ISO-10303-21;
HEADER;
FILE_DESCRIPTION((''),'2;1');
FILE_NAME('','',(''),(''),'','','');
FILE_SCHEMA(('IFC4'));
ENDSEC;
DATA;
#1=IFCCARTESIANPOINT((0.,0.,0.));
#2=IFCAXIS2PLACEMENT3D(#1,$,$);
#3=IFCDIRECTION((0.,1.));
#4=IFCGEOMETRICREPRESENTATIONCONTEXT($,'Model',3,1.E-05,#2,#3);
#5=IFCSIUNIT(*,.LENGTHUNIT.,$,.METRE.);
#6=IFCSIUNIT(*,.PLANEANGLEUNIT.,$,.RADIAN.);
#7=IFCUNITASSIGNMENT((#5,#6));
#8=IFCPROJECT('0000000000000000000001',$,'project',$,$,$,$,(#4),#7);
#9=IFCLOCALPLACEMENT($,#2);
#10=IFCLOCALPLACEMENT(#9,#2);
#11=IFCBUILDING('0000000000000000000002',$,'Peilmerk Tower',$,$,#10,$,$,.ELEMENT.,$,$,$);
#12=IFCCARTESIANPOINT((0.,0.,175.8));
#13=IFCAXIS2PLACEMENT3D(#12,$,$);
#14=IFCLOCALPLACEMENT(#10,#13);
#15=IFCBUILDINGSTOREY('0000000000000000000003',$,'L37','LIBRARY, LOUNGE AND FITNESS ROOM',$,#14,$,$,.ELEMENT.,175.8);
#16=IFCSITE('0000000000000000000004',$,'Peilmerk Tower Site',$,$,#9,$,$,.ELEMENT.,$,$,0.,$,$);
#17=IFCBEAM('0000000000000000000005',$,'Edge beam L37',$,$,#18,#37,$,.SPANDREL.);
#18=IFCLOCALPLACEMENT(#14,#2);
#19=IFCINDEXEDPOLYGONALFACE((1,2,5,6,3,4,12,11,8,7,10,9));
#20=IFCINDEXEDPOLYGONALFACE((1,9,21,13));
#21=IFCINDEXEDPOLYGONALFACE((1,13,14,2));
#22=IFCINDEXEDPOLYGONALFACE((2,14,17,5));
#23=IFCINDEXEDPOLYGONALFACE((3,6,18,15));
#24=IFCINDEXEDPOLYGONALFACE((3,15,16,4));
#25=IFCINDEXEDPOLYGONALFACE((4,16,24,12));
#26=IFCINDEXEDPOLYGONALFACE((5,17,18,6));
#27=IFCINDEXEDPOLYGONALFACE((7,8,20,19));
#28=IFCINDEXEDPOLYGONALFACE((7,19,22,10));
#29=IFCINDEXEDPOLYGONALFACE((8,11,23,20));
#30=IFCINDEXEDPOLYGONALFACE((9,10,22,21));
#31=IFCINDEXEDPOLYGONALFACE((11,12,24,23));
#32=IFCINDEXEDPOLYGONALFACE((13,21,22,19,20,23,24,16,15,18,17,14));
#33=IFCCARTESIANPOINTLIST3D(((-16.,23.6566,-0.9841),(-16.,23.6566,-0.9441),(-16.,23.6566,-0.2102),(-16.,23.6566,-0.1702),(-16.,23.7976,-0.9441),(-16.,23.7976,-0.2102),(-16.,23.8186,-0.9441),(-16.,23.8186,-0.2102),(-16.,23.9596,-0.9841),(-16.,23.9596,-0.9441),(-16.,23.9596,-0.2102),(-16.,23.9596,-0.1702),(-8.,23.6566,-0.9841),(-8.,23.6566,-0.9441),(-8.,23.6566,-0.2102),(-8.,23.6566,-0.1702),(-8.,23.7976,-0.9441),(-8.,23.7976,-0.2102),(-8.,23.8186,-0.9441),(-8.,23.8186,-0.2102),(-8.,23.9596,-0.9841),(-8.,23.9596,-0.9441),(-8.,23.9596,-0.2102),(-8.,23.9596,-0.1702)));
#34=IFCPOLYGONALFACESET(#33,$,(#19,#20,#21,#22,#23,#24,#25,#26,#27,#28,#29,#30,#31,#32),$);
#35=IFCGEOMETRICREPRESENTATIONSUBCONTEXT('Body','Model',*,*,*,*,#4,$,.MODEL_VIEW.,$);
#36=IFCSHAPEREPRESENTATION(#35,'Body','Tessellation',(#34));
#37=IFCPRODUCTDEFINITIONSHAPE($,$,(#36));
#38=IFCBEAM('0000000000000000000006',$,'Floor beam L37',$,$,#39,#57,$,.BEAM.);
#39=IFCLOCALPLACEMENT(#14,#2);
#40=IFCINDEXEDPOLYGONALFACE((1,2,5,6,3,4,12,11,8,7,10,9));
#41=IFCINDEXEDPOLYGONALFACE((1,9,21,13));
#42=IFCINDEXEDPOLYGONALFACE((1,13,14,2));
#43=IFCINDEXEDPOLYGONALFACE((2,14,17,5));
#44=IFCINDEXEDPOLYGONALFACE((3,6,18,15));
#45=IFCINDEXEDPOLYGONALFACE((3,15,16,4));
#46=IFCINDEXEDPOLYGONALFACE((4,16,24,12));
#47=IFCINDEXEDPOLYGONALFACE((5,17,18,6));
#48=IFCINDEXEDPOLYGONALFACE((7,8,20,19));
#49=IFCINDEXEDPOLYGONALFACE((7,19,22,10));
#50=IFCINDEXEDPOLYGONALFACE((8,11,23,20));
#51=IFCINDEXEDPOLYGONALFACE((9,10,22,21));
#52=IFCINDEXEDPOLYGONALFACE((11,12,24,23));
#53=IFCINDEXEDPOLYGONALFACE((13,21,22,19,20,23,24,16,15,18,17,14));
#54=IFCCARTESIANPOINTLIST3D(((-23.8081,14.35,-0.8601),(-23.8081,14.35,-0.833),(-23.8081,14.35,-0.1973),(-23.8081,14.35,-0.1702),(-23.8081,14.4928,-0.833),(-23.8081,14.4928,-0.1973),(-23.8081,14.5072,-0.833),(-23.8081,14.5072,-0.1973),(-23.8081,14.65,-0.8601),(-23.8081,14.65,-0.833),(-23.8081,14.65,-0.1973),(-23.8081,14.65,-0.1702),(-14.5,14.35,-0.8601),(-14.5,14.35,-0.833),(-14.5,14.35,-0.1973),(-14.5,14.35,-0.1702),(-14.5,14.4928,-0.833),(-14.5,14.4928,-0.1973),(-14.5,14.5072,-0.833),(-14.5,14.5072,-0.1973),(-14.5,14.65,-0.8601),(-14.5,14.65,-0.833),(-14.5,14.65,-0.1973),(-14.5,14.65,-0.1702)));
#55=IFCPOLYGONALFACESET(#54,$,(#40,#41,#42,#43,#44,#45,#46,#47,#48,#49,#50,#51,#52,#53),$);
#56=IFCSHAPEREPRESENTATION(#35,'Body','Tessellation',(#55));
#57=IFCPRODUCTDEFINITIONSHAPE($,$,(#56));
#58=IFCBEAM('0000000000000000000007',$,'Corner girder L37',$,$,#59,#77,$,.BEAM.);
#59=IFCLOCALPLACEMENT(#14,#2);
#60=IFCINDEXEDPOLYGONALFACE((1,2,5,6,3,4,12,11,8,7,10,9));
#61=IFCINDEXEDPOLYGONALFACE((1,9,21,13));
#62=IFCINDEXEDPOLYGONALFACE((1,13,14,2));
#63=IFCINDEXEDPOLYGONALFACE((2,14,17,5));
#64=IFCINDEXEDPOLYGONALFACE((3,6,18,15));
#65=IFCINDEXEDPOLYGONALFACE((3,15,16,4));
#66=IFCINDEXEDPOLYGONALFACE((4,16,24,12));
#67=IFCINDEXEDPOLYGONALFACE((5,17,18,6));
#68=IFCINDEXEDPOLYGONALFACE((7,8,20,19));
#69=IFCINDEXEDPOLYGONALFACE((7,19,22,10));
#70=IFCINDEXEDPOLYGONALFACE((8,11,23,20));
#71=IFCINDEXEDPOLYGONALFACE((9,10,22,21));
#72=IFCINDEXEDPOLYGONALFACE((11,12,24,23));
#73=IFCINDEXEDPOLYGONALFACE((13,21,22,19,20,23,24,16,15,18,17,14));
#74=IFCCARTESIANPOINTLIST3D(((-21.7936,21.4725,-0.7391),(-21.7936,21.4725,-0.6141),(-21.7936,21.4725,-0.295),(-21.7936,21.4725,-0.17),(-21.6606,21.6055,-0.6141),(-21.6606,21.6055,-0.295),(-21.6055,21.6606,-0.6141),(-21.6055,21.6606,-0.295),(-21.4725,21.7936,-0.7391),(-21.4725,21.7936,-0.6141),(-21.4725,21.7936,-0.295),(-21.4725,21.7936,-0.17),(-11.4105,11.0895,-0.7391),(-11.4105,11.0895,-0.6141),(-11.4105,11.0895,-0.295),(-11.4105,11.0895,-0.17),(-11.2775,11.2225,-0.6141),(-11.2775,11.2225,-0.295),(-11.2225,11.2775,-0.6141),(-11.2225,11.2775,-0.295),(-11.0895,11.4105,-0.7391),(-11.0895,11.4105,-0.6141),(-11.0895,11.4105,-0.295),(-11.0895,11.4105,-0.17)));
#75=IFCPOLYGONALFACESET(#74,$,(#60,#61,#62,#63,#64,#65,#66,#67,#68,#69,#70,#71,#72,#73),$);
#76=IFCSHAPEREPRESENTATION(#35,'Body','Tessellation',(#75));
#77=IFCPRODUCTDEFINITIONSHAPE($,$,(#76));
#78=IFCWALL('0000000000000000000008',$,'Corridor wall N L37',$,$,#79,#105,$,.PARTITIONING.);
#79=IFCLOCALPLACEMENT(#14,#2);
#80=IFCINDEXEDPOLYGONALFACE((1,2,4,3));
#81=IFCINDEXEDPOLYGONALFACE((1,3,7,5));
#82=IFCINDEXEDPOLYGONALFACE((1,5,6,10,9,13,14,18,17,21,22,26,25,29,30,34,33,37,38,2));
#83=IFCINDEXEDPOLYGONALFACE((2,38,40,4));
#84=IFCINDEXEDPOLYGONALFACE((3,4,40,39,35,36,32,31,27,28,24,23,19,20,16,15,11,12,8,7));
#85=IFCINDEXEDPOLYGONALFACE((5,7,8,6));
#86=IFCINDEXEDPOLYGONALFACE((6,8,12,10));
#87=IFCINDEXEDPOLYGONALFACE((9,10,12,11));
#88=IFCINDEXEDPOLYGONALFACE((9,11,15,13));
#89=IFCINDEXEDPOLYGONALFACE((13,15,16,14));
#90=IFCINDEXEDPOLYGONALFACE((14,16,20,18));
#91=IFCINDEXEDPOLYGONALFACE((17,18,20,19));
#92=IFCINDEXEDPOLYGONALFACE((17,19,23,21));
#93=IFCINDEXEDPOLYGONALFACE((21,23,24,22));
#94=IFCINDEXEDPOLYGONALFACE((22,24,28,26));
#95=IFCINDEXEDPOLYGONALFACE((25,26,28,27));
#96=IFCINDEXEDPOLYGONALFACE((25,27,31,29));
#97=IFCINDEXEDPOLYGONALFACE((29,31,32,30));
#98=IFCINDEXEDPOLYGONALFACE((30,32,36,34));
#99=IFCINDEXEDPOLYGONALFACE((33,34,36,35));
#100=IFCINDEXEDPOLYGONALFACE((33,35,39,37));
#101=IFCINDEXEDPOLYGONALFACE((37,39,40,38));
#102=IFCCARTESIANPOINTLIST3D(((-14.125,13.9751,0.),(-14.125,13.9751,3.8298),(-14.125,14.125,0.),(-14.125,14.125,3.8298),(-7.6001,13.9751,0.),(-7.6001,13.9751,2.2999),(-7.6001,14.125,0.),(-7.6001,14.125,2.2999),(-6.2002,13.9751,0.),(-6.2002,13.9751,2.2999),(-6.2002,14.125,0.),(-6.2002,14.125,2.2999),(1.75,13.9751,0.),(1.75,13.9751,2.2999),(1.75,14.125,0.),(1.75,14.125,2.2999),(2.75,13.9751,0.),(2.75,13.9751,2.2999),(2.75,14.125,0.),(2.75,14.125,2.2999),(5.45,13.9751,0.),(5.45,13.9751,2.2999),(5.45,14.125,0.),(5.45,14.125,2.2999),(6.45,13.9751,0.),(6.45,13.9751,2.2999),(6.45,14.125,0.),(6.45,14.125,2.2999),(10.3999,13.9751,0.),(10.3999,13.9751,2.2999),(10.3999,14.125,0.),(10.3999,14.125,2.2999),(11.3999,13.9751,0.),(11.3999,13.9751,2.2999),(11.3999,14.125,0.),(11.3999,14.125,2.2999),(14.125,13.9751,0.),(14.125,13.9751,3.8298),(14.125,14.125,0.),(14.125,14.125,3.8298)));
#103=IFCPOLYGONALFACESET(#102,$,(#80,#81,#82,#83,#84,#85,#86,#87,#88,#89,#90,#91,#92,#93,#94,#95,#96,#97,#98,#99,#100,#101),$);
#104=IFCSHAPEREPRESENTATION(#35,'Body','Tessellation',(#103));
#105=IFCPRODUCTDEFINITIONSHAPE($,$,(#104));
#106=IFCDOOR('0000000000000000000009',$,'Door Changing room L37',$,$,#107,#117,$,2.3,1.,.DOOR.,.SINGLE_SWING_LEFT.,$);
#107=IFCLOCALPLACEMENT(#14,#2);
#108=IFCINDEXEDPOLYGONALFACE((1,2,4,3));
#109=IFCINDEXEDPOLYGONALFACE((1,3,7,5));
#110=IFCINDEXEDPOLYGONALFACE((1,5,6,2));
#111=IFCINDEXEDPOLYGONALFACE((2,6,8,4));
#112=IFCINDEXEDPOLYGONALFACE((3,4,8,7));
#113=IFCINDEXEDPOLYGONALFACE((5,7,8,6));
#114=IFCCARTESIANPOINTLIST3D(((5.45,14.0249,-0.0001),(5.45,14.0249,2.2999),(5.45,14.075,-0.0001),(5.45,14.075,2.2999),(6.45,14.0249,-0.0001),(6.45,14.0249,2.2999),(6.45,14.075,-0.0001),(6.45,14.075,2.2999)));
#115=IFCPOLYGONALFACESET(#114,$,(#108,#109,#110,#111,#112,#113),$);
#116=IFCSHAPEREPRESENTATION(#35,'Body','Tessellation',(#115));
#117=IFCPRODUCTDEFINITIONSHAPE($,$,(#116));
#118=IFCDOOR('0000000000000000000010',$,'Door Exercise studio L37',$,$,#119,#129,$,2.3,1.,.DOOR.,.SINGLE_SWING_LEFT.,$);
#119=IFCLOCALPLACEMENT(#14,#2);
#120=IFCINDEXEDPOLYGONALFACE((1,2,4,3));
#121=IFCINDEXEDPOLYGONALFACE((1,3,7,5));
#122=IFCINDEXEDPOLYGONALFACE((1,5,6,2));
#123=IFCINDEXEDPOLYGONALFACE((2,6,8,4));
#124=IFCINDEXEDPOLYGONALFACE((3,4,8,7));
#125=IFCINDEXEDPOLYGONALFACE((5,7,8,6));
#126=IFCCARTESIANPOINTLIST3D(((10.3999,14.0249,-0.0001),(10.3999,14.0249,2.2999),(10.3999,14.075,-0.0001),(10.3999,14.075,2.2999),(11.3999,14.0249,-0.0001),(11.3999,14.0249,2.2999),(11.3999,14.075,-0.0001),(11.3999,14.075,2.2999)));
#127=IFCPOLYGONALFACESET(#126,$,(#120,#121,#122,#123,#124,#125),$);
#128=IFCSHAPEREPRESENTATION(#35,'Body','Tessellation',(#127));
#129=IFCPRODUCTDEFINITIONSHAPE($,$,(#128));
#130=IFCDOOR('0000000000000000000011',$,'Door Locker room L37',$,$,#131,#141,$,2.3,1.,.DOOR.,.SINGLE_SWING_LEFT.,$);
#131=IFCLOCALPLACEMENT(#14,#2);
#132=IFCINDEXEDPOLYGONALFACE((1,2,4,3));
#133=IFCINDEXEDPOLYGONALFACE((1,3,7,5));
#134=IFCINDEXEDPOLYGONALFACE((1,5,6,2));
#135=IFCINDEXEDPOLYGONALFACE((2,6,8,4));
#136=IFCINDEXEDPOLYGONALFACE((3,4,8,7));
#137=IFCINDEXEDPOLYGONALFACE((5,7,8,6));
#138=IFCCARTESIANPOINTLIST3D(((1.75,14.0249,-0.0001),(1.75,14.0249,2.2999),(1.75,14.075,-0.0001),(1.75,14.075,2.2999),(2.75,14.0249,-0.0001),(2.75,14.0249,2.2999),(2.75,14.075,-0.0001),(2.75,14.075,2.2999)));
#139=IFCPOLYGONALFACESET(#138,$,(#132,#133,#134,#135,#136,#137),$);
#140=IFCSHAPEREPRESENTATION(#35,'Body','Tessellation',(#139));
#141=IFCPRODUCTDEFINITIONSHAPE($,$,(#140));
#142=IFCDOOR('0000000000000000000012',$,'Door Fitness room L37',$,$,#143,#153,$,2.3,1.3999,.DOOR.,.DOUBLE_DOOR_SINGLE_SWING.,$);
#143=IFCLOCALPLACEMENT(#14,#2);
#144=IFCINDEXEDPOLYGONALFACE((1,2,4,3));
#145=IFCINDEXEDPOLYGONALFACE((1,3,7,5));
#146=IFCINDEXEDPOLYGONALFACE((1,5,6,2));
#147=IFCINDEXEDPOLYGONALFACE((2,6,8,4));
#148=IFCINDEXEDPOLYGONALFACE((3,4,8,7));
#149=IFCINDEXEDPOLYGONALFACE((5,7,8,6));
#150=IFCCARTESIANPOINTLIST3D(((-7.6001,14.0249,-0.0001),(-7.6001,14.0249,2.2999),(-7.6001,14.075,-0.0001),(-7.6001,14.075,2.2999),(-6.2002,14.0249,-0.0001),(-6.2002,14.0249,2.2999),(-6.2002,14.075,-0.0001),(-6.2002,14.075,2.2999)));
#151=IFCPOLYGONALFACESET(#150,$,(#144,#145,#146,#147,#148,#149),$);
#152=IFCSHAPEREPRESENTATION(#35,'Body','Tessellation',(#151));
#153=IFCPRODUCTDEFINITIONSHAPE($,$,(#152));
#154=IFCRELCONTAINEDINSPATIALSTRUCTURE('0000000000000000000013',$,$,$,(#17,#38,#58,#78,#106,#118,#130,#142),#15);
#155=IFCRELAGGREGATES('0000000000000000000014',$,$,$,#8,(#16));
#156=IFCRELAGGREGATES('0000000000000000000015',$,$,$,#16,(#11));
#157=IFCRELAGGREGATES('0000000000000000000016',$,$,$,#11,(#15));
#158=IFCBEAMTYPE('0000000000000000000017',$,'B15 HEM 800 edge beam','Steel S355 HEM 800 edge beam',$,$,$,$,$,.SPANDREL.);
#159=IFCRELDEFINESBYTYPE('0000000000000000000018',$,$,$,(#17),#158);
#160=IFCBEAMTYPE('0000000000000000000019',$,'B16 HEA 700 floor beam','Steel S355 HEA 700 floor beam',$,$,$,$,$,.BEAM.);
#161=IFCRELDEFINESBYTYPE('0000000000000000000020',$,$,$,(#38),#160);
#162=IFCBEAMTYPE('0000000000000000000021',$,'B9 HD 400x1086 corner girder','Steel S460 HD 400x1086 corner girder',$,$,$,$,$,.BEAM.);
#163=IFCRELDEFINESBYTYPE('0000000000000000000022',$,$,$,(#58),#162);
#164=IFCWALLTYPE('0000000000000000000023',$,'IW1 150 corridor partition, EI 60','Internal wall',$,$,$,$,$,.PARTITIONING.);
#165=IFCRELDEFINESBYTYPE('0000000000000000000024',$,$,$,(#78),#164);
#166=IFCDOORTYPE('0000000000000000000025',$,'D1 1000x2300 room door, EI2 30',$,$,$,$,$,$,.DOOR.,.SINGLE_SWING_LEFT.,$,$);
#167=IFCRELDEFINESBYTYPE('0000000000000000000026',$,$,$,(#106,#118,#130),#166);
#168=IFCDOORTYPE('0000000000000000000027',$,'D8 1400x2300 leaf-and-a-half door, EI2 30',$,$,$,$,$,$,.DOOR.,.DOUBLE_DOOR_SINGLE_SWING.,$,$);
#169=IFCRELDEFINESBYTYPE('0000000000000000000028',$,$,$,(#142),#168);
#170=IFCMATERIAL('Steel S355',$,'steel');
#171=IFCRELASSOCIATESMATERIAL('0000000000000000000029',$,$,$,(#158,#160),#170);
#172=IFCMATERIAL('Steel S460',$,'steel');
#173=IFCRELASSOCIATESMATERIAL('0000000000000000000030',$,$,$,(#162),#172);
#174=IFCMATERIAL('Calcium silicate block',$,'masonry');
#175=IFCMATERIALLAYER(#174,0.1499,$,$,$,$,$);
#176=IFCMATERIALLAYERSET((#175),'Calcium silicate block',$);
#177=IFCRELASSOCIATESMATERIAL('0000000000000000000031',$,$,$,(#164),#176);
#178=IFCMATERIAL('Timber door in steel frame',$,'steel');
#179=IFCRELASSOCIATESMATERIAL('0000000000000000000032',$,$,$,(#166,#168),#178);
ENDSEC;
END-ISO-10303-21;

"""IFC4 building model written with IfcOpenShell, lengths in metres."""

from ifc_helpers import new_model, si_unit, direction, frame, frame_2d, origin, origin_2d, place, context, subcontext, project, spatial, rectangle, i_section, extrude, material, layer, layer_set, material_profile, profile_set, type_object, element, fill, save


model = new_model("IFC4")

# Units and contexts
model_context = context("Model", 3, precision=1e-05, world=origin(), true_north=direction((0.0, 1.0)))
body_context = subcontext(model_context, "Body", "Model", "MODEL_VIEW")
ifc_project = project(units=[si_unit("LENGTHUNIT", "METRE"), si_unit("PLANEANGLEUNIT", "RADIAN")], contexts=[model_context])

# Site, building, storey
site_placement = place(None, origin())
site = spatial("IfcSite", under=ifc_project, at=site_placement, Name="Peilmerk Tower Site", CompositionType="ELEMENT", RefElevation=0.0)
building_placement = place(site_placement, origin())
building = spatial("IfcBuilding", under=site, at=building_placement, Name="Peilmerk Tower", CompositionType="ELEMENT")
storey_placement = place(building_placement, frame((0.0, 0.0, 175.8)))
storey = spatial("IfcBuildingStorey", under=building, at=storey_placement, Name="L37", Description="LIBRARY, LOUNGE AND FITNESS ROOM", CompositionType="ELEMENT", Elevation=175.8)

# Shared definitions
ifc_material_1 = material(Name="Steel S460", Category="steel")

# Beams
ifc_material_2 = material(Name="Steel S355", Category="steel")
ifc_material_profile_1 = material_profile(ifc_material_2, i_section(OverallWidth=0.303, OverallDepth=0.814, WebThickness=0.021, FlangeThickness=0.04, at=origin_2d()), Name="HEM 800")
ifc_profile_set_1 = profile_set([ifc_material_profile_1], Name="Steel S355")
beam_type_1 = type_object("IfcBeamType", Name="B15 HEM 800 edge beam", Description="Steel S355 HEM 800 edge beam", PredefinedType="SPANDREL", material=ifc_profile_set_1)
for number, where, z_axis, x_axis, name in (
    (1, (-8.0, 23.8081, -0.5771), (-1.0, 0.0, 0.0), (0.0, -1.0, 0.0), "Edge beam L37"),
):
    element("IfcBeam", number, at=place(storey_placement, frame(where, z_axis=z_axis, x_axis=x_axis)), inside=storey, type_object=beam_type_1, Name=name, PredefinedType="SPANDREL", context=body_context, shape_type="SweptSolid", body=[
        extrude(i_section(OverallWidth=0.303, OverallDepth=0.814, WebThickness=0.021, FlangeThickness=0.04, at=origin_2d()), origin(), (0.0, 0.0, 1.0), 8.0),
    ])
ifc_material_profile_2 = material_profile(ifc_material_2, i_section(OverallWidth=0.3, OverallDepth=0.6899, WebThickness=0.0144, FlangeThickness=0.0271, at=origin_2d()), Name="HEA 700")
ifc_profile_set_2 = profile_set([ifc_material_profile_2], Name="Steel S355")
beam_type_2 = type_object("IfcBeamType", Name="B16 HEA 700 floor beam", Description="Steel S355 HEA 700 floor beam", PredefinedType="BEAM", material=ifc_profile_set_2)
beam_1_placement = place(storey_placement, frame((-14.5, 14.5, -0.5151), z_axis=(-1.0, 0.0, 0.0), x_axis=(0.0, -1.0, 0.0)))
element("IfcBeam", 2, at=beam_1_placement, inside=storey, type_object=beam_type_2, Name="Floor beam L37", PredefinedType="BEAM", context=body_context, shape_type="SweptSolid", body=[
    extrude(i_section(OverallWidth=0.3, OverallDepth=0.6899, WebThickness=0.0144, FlangeThickness=0.0271, at=origin_2d()), origin(), (0.0, 0.0, 1.0), 9.3081),
])
ifc_material_profile_3 = material_profile(ifc_material_1, i_section(OverallWidth=0.4541, OverallDepth=0.5691, WebThickness=0.0779, FlangeThickness=0.125, at=origin_2d()), Name="HD 400x1086")
ifc_profile_set_3 = profile_set([ifc_material_profile_3], Name="Steel S460")
beam_type_3 = type_object("IfcBeamType", Name="B9 HD 400x1086 corner girder", Description="Steel S460 HD 400x1086 corner girder", PredefinedType="BEAM", material=ifc_profile_set_3)
beam_2_placement = place(storey_placement, frame((-11.25, 11.25, -0.4546), z_axis=(-0.707107, 0.707107, 0.0), x_axis=(-0.707107, -0.707107, 0.0)))
element("IfcBeam", 3, at=beam_2_placement, inside=storey, type_object=beam_type_3, Name="Corner girder L37", PredefinedType="BEAM", context=body_context, shape_type="SweptSolid", body=[
    extrude(i_section(OverallWidth=0.4541, OverallDepth=0.5691, WebThickness=0.0779, FlangeThickness=0.125, at=origin_2d()), origin(), (0.0, 0.0, 1.0), 14.6838),
])

# Wall, openings, doors
ifc_material_3 = material(Name="Calcium silicate block", Category="masonry")
ifc_layer_1 = layer(ifc_material_3, 0.1499)
ifc_layer_set_1 = layer_set([ifc_layer_1], Name="Calcium silicate block")
wall_type_1 = type_object("IfcWallType", Name="IW1 150 corridor partition, EI 60", Description="Internal wall", PredefinedType="PARTITIONING", material=ifc_layer_set_1)
wall_1_placement = place(storey_placement, frame((-14.125, 14.05, 0.0), z_axis=(0.0, 0.0, 1.0), x_axis=(1.0, 0.0, 0.0)))
wall_1 = element("IfcWall", 4, at=wall_1_placement, inside=storey, type_object=wall_type_1, Name="Corridor wall N L37", PredefinedType="PARTITIONING", context=body_context, shape_type="SweptSolid", body=[
    extrude(rectangle(XDim=28.25, YDim=0.1499, at=frame_2d((14.125, 0.0))), origin(), (0.0, 0.0, 1.0), 3.8298),
])
opening_1_placement = place(wall_1_placement, frame((6.5249, 0.0, 0.0)))
opening_1 = element("IfcOpeningElement", 5, at=opening_1_placement, cuts=wall_1, PredefinedType="OPENING", context=body_context, shape_type="SweptSolid", body=[
    extrude(rectangle(XDim=1.3999, YDim=2.3, at=frame_2d((0.7, 1.1499))), frame((0.0, 0.085, 0.0), z_axis=(0.0, -1.0, 0.0), x_axis=(1.0, 0.0, 0.0)), (0.0, 0.0, 1.0), 0.1699),
])
opening_2_placement = place(wall_1_placement, frame((19.575, 0.0, 0.0)))
opening_2 = element("IfcOpeningElement", 6, at=opening_2_placement, cuts=wall_1, PredefinedType="OPENING", context=body_context, shape_type="SweptSolid", body=[
    extrude(rectangle(XDim=1.0, YDim=2.3, at=frame_2d((0.5, 1.1499))), frame((0.0, 0.085, 0.0), z_axis=(0.0, -1.0, 0.0), x_axis=(1.0, 0.0, 0.0)), (0.0, 0.0, 1.0), 0.1699),
])
opening_3_placement = place(wall_1_placement, frame((24.5249, 0.0, 0.0)))
opening_3 = element("IfcOpeningElement", 7, at=opening_3_placement, cuts=wall_1, PredefinedType="OPENING", context=body_context, shape_type="SweptSolid", body=[
    extrude(rectangle(XDim=1.0, YDim=2.3, at=frame_2d((0.5, 1.1499))), frame((0.0, 0.085, 0.0), z_axis=(0.0, -1.0, 0.0), x_axis=(1.0, 0.0, 0.0)), (0.0, 0.0, 1.0), 0.1699),
])
opening_4_placement = place(wall_1_placement, frame((15.875, 0.0, 0.0)))
opening_4 = element("IfcOpeningElement", 8, at=opening_4_placement, cuts=wall_1, PredefinedType="OPENING", context=body_context, shape_type="SweptSolid", body=[
    extrude(rectangle(XDim=1.0, YDim=2.3, at=frame_2d((0.5, 1.1499))), frame((0.0, 0.085, 0.0), z_axis=(0.0, -1.0, 0.0), x_axis=(1.0, 0.0, 0.0)), (0.0, 0.0, 1.0), 0.1699),
])
ifc_material_4 = material(Name="Timber door in steel frame", Category="steel")
door_type_1 = type_object("IfcDoorType", Name="D1 1000x2300 room door, EI2 30", OperationType="SINGLE_SWING_LEFT", PredefinedType="DOOR", material=ifc_material_4)
door_1_placement = place(opening_2_placement, origin())
door_1 = element("IfcDoor", 9, at=door_1_placement, inside=storey, type_object=door_type_1, Name="Door Changing room L37", OperationType="SINGLE_SWING_LEFT", OverallHeight=2.3, OverallWidth=1.0, PredefinedType="DOOR", context=body_context, shape_type="SweptSolid", body=[
    extrude(rectangle(XDim=1.0, YDim=2.3, at=frame_2d((0.5, 1.1499))), frame((0.0, 0.0249, 0.0), z_axis=(0.0, -1.0, 0.0), x_axis=(1.0, 0.0, 0.0)), (0.0, 0.0, 1.0), 0.05),
])
fill(opening_2, door_1)
door_2_placement = place(opening_3_placement, origin())
door_2 = element("IfcDoor", 10, at=door_2_placement, inside=storey, type_object=door_type_1, Name="Door Exercise studio L37", OperationType="SINGLE_SWING_LEFT", OverallHeight=2.3, OverallWidth=1.0, PredefinedType="DOOR", context=body_context, shape_type="SweptSolid", body=[
    extrude(rectangle(XDim=1.0, YDim=2.3, at=frame_2d((0.5, 1.1499))), frame((0.0, 0.0249, 0.0), z_axis=(0.0, -1.0, 0.0), x_axis=(1.0, 0.0, 0.0)), (0.0, 0.0, 1.0), 0.05),
])
fill(opening_3, door_2)
door_3_placement = place(opening_4_placement, origin())
door_3 = element("IfcDoor", 11, at=door_3_placement, inside=storey, type_object=door_type_1, Name="Door Locker room L37", OperationType="SINGLE_SWING_LEFT", OverallHeight=2.3, OverallWidth=1.0, PredefinedType="DOOR", context=body_context, shape_type="SweptSolid", body=[
    extrude(rectangle(XDim=1.0, YDim=2.3, at=frame_2d((0.5, 1.1499))), frame((0.0, 0.0249, 0.0), z_axis=(0.0, -1.0, 0.0), x_axis=(1.0, 0.0, 0.0)), (0.0, 0.0, 1.0), 0.05),
])
fill(opening_4, door_3)
door_type_2 = type_object("IfcDoorType", Name="D8 1400x2300 leaf-and-a-half door, EI2 30", OperationType="DOUBLE_DOOR_SINGLE_SWING", PredefinedType="DOOR", material=ifc_material_4)
door_4_placement = place(opening_1_placement, origin())
door_4 = element("IfcDoor", 12, at=door_4_placement, inside=storey, type_object=door_type_2, Name="Door Fitness room L37", OperationType="DOUBLE_DOOR_SINGLE_SWING", OverallHeight=2.3, OverallWidth=1.3999, PredefinedType="DOOR", context=body_context, shape_type="SweptSolid", body=[
    extrude(rectangle(XDim=1.3999, YDim=2.3, at=frame_2d((0.7, 1.1499))), frame((0.0, 0.0249, 0.0), z_axis=(0.0, -1.0, 0.0), x_axis=(1.0, 0.0, 0.0)), (0.0, 0.0, 1.0), 0.05),
])
fill(opening_1, door_4)

save(model, "model.ifc")
